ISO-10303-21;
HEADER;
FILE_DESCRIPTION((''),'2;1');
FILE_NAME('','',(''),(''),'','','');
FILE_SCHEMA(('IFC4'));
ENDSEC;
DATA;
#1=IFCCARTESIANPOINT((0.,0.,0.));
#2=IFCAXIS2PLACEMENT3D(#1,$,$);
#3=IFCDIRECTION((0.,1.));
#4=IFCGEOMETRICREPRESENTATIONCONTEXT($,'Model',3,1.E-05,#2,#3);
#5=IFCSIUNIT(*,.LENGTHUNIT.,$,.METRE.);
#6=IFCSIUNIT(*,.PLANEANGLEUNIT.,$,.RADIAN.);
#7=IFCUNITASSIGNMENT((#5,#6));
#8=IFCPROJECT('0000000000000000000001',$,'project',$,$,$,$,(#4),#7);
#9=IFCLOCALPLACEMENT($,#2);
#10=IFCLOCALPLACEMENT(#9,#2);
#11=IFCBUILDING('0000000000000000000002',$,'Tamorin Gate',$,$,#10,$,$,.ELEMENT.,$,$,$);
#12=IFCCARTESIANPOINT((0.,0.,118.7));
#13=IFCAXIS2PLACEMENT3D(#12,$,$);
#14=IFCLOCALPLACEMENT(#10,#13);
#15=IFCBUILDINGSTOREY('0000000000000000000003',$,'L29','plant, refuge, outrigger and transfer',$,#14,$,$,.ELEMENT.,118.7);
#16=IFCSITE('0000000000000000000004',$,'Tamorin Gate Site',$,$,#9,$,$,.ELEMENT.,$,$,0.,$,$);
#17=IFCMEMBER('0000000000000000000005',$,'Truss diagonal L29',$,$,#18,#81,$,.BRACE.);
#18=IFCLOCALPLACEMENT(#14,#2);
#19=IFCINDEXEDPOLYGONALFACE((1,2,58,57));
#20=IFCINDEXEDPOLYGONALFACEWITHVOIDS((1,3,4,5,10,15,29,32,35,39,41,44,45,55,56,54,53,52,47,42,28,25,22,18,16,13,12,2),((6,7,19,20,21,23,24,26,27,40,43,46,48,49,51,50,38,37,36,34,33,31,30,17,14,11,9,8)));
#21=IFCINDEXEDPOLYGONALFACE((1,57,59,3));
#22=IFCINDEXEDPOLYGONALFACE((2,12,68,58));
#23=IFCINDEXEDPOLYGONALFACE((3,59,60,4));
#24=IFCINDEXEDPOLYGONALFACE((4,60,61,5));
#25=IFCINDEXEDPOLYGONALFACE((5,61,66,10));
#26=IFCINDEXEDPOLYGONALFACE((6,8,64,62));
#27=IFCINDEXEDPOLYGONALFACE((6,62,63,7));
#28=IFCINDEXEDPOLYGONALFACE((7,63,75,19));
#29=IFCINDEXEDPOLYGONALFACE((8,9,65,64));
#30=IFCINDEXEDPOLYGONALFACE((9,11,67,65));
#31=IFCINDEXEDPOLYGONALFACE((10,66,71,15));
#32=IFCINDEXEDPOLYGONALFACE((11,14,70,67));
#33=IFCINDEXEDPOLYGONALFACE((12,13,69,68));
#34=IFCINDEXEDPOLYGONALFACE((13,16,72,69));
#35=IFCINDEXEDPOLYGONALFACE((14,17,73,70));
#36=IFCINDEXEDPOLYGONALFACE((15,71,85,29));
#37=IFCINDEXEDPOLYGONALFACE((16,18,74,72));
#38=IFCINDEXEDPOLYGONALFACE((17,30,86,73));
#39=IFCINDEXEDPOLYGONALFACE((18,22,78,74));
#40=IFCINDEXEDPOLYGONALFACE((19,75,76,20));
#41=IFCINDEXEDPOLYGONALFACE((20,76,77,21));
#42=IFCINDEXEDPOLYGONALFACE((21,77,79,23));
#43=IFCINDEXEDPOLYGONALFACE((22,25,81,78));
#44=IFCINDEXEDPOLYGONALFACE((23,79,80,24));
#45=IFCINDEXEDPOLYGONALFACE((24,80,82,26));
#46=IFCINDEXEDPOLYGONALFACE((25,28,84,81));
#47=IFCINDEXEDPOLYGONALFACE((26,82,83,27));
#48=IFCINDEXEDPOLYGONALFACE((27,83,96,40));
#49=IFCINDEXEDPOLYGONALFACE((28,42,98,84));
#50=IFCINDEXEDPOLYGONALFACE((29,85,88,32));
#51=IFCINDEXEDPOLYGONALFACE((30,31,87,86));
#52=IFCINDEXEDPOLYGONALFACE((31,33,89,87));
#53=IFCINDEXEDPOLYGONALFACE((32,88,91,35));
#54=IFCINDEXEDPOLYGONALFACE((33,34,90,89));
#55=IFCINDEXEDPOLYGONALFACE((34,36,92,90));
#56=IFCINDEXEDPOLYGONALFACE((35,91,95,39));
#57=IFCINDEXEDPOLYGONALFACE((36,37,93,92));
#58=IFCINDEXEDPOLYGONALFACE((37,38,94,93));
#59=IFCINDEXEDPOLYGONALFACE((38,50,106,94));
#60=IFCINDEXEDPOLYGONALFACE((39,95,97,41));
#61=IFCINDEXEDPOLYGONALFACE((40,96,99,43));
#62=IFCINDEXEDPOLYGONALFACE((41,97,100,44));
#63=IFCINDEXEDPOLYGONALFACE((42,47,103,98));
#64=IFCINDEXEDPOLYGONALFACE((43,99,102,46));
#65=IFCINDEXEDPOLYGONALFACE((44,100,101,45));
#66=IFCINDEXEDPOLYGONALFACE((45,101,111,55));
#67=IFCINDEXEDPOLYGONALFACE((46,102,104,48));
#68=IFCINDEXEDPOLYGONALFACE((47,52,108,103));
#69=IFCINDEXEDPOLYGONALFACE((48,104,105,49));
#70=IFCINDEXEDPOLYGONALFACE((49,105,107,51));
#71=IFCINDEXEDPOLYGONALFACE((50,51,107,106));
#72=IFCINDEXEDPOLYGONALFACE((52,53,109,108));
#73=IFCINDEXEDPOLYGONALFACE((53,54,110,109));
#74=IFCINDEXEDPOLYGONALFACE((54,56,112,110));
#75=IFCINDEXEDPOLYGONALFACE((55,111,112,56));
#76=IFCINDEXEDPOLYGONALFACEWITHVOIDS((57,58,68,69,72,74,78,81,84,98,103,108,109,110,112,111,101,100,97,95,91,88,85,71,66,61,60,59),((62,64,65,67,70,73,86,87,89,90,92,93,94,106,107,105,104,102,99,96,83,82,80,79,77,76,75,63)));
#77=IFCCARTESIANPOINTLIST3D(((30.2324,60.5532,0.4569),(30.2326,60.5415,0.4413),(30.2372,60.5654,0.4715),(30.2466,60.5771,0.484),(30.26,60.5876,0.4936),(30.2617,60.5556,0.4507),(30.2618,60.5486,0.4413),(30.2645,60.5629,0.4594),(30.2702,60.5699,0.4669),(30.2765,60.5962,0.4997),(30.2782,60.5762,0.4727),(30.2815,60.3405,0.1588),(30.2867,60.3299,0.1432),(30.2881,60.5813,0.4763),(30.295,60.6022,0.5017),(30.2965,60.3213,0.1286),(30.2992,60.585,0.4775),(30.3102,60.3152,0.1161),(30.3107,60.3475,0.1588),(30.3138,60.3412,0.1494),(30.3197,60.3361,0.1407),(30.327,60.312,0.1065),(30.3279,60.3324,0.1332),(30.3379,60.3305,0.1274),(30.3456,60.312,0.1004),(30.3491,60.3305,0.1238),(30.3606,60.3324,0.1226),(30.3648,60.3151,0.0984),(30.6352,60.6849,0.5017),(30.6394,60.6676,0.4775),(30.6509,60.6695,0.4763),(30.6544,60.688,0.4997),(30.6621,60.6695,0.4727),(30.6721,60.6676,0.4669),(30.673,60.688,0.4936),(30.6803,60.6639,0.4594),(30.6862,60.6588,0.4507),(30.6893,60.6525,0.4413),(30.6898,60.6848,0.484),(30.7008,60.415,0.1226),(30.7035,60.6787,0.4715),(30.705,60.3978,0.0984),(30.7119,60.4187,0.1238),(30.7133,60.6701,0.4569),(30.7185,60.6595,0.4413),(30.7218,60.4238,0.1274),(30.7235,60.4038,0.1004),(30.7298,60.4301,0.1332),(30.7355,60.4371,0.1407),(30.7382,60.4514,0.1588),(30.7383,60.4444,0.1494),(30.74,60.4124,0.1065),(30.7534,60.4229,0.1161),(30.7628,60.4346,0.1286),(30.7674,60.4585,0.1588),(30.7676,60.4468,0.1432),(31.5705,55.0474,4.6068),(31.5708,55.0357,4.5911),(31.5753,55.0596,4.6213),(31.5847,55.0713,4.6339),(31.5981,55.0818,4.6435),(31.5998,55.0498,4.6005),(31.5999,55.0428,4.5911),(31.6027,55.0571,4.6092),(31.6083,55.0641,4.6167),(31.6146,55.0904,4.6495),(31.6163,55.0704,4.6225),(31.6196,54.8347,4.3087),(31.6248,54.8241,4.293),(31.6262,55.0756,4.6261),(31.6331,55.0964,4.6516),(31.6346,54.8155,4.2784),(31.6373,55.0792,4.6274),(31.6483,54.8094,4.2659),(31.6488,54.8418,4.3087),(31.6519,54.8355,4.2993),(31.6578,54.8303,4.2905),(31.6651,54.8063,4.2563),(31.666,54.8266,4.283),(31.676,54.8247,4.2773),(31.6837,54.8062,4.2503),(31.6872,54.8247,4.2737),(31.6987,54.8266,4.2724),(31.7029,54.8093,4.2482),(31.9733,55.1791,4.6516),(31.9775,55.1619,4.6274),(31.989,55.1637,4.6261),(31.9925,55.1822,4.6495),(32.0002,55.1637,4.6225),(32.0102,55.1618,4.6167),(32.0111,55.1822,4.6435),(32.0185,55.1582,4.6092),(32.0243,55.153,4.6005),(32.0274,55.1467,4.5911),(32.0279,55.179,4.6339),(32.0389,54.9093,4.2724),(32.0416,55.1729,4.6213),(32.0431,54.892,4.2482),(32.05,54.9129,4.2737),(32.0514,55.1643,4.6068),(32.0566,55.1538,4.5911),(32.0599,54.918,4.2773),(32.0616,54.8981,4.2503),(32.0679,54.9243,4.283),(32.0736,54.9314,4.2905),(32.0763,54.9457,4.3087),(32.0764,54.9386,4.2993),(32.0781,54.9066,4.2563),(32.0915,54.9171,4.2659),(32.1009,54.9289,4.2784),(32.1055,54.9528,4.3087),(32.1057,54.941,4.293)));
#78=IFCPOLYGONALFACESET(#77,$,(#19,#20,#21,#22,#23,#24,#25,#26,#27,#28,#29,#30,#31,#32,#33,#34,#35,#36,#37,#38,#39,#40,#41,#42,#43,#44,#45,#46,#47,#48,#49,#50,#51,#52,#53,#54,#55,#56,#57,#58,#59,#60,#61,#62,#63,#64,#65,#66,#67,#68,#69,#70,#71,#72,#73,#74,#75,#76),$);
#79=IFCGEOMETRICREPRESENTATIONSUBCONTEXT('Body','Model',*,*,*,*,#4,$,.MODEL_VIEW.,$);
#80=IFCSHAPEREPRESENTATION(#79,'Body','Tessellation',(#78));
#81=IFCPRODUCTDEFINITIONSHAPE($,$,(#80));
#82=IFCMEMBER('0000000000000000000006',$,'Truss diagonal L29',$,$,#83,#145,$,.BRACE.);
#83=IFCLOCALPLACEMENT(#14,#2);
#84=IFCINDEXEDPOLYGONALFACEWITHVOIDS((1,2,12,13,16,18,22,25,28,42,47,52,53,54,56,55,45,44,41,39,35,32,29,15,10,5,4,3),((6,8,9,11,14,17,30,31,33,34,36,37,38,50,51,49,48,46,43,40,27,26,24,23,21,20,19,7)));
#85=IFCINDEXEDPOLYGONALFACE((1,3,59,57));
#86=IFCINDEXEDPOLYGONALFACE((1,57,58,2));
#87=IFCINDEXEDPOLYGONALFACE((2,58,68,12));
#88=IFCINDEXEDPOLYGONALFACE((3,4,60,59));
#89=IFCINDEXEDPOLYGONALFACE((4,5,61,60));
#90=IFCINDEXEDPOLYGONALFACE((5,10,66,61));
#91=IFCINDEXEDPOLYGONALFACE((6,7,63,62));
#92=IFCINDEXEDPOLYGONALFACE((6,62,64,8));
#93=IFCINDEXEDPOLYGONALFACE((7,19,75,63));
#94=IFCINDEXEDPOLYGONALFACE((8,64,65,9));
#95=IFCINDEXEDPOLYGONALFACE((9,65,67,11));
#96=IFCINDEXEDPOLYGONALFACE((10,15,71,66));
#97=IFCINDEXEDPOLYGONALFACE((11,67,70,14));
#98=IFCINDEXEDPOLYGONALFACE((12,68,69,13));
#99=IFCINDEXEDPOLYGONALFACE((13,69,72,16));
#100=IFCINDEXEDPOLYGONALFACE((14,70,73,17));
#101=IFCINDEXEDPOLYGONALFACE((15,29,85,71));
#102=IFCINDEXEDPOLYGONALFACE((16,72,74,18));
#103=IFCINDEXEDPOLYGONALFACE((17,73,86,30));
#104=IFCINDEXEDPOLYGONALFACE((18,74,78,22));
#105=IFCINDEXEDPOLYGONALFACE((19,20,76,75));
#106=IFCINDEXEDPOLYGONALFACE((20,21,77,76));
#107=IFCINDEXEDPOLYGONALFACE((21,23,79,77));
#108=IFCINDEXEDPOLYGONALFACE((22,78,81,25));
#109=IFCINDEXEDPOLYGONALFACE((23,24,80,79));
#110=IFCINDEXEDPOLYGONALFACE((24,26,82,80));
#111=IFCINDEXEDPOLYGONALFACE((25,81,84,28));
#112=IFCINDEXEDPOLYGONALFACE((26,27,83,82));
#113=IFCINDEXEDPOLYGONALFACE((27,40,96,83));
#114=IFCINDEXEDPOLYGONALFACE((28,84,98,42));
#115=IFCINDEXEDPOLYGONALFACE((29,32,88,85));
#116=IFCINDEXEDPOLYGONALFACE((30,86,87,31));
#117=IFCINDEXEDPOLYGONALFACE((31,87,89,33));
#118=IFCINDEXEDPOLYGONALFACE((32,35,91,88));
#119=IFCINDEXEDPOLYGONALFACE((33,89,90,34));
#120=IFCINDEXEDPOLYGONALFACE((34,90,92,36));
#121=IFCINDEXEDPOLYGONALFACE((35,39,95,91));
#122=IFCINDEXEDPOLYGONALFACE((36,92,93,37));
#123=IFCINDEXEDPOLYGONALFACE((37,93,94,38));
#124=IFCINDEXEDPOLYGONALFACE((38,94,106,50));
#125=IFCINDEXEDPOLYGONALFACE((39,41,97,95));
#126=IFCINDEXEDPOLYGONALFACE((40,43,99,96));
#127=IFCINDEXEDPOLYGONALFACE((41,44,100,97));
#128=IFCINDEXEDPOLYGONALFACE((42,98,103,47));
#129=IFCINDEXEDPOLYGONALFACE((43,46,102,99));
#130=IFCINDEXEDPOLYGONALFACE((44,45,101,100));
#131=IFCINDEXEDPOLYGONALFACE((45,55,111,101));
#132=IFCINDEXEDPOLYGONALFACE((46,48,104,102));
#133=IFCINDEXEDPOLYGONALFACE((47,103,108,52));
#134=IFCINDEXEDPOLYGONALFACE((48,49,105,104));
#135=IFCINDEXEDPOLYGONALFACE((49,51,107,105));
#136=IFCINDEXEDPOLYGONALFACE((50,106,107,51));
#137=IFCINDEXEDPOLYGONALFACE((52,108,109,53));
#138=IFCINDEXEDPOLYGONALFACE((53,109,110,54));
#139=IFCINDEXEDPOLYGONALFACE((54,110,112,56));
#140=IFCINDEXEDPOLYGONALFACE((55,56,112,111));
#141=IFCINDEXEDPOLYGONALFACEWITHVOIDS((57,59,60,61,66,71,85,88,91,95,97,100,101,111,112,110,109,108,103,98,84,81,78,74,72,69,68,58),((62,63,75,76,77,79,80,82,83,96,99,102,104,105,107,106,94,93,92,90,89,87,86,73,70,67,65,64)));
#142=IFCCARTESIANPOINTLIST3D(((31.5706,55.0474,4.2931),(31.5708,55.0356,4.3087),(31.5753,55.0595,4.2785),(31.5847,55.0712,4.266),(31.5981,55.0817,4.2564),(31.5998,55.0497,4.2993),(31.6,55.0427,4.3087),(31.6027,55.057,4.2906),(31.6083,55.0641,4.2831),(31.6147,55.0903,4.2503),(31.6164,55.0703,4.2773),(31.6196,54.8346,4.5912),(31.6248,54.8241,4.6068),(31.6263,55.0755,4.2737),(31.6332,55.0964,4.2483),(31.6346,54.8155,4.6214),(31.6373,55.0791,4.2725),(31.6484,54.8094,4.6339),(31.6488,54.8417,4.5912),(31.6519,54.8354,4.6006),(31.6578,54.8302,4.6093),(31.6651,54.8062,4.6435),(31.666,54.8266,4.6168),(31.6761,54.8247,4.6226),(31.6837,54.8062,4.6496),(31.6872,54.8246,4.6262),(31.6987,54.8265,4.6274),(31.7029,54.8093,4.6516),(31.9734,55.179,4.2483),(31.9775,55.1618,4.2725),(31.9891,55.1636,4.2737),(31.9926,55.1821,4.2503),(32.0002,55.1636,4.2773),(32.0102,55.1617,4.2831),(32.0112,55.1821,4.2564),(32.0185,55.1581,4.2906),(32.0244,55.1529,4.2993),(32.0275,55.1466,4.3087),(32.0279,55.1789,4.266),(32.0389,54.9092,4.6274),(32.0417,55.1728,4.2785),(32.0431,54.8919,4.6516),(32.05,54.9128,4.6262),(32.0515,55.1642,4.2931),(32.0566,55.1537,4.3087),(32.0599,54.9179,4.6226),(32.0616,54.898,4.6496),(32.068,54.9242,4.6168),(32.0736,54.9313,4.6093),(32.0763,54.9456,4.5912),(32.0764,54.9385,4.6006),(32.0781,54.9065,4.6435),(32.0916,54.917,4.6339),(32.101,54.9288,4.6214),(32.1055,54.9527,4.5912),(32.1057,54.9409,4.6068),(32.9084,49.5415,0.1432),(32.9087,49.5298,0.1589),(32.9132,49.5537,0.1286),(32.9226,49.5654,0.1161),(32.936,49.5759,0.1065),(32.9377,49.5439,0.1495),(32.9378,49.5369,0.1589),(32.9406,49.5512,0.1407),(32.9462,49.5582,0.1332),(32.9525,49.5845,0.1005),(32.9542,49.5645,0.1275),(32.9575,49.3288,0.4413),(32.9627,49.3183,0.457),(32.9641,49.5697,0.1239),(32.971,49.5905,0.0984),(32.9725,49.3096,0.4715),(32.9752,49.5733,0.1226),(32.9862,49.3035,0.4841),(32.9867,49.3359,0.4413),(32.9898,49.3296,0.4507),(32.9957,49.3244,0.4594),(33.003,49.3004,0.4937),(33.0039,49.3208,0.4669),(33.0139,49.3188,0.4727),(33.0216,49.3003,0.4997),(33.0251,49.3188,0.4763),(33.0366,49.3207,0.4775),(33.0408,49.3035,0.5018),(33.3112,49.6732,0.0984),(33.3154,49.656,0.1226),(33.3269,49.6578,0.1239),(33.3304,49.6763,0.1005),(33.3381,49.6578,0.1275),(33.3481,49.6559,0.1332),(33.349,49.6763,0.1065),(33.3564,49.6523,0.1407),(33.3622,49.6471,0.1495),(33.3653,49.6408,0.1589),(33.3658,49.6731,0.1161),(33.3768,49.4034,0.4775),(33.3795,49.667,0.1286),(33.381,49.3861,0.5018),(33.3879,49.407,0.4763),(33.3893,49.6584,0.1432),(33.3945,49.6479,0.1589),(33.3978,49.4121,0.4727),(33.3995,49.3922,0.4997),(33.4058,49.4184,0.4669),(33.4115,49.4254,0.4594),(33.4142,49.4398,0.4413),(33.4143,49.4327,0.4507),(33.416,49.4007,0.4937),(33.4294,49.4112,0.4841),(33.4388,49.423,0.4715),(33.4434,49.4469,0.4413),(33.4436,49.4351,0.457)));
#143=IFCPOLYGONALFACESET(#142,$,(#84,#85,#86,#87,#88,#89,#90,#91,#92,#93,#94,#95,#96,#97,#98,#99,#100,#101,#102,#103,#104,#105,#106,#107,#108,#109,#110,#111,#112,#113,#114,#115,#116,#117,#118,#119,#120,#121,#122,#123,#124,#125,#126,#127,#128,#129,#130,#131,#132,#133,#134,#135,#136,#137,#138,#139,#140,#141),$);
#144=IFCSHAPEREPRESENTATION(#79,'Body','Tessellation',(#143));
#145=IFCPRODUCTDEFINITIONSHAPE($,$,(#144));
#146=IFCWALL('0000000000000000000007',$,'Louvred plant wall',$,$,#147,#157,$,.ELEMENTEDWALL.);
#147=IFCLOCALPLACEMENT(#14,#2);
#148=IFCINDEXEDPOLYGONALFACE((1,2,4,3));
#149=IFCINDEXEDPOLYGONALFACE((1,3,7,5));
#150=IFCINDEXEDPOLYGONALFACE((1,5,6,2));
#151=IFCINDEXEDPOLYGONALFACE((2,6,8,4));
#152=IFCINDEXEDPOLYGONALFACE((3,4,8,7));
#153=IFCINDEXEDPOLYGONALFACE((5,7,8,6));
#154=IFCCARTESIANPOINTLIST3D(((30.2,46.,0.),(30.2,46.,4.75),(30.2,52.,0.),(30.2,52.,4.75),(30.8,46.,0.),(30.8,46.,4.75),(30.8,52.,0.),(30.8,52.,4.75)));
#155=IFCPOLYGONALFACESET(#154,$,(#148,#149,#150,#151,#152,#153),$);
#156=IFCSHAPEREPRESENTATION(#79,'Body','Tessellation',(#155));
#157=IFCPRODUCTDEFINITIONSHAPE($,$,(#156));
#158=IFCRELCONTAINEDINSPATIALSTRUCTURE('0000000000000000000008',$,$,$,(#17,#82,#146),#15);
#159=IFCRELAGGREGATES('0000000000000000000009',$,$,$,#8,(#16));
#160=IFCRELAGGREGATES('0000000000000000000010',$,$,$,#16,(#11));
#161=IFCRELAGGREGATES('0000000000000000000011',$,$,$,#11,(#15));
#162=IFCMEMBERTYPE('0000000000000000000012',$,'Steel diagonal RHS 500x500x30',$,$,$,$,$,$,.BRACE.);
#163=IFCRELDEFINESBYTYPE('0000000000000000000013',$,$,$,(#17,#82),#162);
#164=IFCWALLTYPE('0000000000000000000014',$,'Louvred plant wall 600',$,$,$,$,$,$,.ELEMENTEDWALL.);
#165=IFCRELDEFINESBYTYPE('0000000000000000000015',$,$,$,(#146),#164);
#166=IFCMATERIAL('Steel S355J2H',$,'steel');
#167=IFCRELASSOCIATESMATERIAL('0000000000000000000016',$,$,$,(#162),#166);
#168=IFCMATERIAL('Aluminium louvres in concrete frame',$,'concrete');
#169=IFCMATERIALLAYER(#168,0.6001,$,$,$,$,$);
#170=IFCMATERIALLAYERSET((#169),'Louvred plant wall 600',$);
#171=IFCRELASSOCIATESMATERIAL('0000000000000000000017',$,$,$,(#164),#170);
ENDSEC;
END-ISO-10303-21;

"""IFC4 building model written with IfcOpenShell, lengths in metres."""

from ifc_helpers import new_model, si_unit, direction, frame, frame_2d, origin, origin_2d, place, context, subcontext, project, spatial, rectangle, hollow_rectangle, extrude, material, layer, layer_set, material_profile, profile_set, type_object, element, save


model = new_model("IFC4")

# Units and contexts
model_context = context("Model", 3, precision=1e-05, world=origin(), true_north=direction((0.0, 1.0)))
body_context = subcontext(model_context, "Body", "Model", "MODEL_VIEW")
ifc_project = project(units=[si_unit("LENGTHUNIT", "METRE"), si_unit("PLANEANGLEUNIT", "RADIAN")], contexts=[model_context])

# Site, building, storey
site_placement = place(None, origin())
site = spatial("IfcSite", under=ifc_project, at=site_placement, Name="Tamorin Gate Site", CompositionType="ELEMENT", RefElevation=0.0)
building_placement = place(site_placement, origin())
building = spatial("IfcBuilding", under=site, at=building_placement, Name="Tamorin Gate", CompositionType="ELEMENT")
storey_placement = place(building_placement, frame((0.0, 0.0, 118.7)))
storey = spatial("IfcBuildingStorey", under=building, at=storey_placement, Name="L29", Description="plant, refuge, outrigger and transfer", CompositionType="ELEMENT", Elevation=118.7)

# Members
ifc_material_1 = material(Name="Steel S355J2H", Category="steel")
ifc_material_profile_1 = material_profile(ifc_material_1, hollow_rectangle(XDim=0.5, YDim=0.5, WallThickness=0.03, InnerFilletRadius=0.0449, OuterFilletRadius=0.075, at=origin_2d()), Name="RHS 500x500x30")
ifc_profile_set_1 = profile_set([ifc_material_profile_1], Name="Steel S355J2H")
member_type_1 = type_object("IfcMemberType", Name="Steel diagonal RHS 500x500x30", PredefinedType="BRACE", material=ifc_profile_set_1)
for number, where, z_axis, x_axis, name in (
    (1, (30.5, 60.5, 0.3), (0.190528, -0.783942, 0.590876), (0.971713, 0.236164, 0.0), "Truss diagonal L29"),
    (2, (31.8381, 54.9941, 4.45), (0.190494, -0.783947, -0.59088), (0.971723, 0.236123, 0.0), "Truss diagonal L29"),
):
    element("IfcMember", number, at=place(storey_placement, frame(where, z_axis=z_axis, x_axis=x_axis)), inside=storey, type_object=member_type_1, Name=name, PredefinedType="BRACE", context=body_context, shape_type="SweptSolid", body=[
        extrude(hollow_rectangle(XDim=0.5, YDim=0.5, WallThickness=0.03, InnerFilletRadius=0.0449, OuterFilletRadius=0.075, at=origin_2d()), origin(), (0.0, 0.0, 1.0), 7.0232),
    ])

# Wall
ifc_material_2 = material(Name="Aluminium louvres in concrete frame", Category="concrete")
ifc_layer_1 = layer(ifc_material_2, 0.6001)
ifc_layer_set_1 = layer_set([ifc_layer_1], Name="Louvred plant wall 600")
wall_type_1 = type_object("IfcWallType", Name="Louvred plant wall 600", PredefinedType="ELEMENTEDWALL", material=ifc_layer_set_1)
wall_1_placement = place(storey_placement, frame((30.5, 52.0, 0.0), z_axis=(0.0, 0.0, 1.0), x_axis=(0.0, -1.0, 0.0)))
element("IfcWall", 3, at=wall_1_placement, inside=storey, type_object=wall_type_1, Name="Louvred plant wall", PredefinedType="ELEMENTEDWALL", context=body_context, shape_type="SweptSolid", body=[
    extrude(rectangle(XDim=6.0, YDim=0.6001, at=frame_2d((3.0, 0.0))), origin(), (0.0, 0.0, 1.0), 4.75),
])

save(model, "model.ifc")
